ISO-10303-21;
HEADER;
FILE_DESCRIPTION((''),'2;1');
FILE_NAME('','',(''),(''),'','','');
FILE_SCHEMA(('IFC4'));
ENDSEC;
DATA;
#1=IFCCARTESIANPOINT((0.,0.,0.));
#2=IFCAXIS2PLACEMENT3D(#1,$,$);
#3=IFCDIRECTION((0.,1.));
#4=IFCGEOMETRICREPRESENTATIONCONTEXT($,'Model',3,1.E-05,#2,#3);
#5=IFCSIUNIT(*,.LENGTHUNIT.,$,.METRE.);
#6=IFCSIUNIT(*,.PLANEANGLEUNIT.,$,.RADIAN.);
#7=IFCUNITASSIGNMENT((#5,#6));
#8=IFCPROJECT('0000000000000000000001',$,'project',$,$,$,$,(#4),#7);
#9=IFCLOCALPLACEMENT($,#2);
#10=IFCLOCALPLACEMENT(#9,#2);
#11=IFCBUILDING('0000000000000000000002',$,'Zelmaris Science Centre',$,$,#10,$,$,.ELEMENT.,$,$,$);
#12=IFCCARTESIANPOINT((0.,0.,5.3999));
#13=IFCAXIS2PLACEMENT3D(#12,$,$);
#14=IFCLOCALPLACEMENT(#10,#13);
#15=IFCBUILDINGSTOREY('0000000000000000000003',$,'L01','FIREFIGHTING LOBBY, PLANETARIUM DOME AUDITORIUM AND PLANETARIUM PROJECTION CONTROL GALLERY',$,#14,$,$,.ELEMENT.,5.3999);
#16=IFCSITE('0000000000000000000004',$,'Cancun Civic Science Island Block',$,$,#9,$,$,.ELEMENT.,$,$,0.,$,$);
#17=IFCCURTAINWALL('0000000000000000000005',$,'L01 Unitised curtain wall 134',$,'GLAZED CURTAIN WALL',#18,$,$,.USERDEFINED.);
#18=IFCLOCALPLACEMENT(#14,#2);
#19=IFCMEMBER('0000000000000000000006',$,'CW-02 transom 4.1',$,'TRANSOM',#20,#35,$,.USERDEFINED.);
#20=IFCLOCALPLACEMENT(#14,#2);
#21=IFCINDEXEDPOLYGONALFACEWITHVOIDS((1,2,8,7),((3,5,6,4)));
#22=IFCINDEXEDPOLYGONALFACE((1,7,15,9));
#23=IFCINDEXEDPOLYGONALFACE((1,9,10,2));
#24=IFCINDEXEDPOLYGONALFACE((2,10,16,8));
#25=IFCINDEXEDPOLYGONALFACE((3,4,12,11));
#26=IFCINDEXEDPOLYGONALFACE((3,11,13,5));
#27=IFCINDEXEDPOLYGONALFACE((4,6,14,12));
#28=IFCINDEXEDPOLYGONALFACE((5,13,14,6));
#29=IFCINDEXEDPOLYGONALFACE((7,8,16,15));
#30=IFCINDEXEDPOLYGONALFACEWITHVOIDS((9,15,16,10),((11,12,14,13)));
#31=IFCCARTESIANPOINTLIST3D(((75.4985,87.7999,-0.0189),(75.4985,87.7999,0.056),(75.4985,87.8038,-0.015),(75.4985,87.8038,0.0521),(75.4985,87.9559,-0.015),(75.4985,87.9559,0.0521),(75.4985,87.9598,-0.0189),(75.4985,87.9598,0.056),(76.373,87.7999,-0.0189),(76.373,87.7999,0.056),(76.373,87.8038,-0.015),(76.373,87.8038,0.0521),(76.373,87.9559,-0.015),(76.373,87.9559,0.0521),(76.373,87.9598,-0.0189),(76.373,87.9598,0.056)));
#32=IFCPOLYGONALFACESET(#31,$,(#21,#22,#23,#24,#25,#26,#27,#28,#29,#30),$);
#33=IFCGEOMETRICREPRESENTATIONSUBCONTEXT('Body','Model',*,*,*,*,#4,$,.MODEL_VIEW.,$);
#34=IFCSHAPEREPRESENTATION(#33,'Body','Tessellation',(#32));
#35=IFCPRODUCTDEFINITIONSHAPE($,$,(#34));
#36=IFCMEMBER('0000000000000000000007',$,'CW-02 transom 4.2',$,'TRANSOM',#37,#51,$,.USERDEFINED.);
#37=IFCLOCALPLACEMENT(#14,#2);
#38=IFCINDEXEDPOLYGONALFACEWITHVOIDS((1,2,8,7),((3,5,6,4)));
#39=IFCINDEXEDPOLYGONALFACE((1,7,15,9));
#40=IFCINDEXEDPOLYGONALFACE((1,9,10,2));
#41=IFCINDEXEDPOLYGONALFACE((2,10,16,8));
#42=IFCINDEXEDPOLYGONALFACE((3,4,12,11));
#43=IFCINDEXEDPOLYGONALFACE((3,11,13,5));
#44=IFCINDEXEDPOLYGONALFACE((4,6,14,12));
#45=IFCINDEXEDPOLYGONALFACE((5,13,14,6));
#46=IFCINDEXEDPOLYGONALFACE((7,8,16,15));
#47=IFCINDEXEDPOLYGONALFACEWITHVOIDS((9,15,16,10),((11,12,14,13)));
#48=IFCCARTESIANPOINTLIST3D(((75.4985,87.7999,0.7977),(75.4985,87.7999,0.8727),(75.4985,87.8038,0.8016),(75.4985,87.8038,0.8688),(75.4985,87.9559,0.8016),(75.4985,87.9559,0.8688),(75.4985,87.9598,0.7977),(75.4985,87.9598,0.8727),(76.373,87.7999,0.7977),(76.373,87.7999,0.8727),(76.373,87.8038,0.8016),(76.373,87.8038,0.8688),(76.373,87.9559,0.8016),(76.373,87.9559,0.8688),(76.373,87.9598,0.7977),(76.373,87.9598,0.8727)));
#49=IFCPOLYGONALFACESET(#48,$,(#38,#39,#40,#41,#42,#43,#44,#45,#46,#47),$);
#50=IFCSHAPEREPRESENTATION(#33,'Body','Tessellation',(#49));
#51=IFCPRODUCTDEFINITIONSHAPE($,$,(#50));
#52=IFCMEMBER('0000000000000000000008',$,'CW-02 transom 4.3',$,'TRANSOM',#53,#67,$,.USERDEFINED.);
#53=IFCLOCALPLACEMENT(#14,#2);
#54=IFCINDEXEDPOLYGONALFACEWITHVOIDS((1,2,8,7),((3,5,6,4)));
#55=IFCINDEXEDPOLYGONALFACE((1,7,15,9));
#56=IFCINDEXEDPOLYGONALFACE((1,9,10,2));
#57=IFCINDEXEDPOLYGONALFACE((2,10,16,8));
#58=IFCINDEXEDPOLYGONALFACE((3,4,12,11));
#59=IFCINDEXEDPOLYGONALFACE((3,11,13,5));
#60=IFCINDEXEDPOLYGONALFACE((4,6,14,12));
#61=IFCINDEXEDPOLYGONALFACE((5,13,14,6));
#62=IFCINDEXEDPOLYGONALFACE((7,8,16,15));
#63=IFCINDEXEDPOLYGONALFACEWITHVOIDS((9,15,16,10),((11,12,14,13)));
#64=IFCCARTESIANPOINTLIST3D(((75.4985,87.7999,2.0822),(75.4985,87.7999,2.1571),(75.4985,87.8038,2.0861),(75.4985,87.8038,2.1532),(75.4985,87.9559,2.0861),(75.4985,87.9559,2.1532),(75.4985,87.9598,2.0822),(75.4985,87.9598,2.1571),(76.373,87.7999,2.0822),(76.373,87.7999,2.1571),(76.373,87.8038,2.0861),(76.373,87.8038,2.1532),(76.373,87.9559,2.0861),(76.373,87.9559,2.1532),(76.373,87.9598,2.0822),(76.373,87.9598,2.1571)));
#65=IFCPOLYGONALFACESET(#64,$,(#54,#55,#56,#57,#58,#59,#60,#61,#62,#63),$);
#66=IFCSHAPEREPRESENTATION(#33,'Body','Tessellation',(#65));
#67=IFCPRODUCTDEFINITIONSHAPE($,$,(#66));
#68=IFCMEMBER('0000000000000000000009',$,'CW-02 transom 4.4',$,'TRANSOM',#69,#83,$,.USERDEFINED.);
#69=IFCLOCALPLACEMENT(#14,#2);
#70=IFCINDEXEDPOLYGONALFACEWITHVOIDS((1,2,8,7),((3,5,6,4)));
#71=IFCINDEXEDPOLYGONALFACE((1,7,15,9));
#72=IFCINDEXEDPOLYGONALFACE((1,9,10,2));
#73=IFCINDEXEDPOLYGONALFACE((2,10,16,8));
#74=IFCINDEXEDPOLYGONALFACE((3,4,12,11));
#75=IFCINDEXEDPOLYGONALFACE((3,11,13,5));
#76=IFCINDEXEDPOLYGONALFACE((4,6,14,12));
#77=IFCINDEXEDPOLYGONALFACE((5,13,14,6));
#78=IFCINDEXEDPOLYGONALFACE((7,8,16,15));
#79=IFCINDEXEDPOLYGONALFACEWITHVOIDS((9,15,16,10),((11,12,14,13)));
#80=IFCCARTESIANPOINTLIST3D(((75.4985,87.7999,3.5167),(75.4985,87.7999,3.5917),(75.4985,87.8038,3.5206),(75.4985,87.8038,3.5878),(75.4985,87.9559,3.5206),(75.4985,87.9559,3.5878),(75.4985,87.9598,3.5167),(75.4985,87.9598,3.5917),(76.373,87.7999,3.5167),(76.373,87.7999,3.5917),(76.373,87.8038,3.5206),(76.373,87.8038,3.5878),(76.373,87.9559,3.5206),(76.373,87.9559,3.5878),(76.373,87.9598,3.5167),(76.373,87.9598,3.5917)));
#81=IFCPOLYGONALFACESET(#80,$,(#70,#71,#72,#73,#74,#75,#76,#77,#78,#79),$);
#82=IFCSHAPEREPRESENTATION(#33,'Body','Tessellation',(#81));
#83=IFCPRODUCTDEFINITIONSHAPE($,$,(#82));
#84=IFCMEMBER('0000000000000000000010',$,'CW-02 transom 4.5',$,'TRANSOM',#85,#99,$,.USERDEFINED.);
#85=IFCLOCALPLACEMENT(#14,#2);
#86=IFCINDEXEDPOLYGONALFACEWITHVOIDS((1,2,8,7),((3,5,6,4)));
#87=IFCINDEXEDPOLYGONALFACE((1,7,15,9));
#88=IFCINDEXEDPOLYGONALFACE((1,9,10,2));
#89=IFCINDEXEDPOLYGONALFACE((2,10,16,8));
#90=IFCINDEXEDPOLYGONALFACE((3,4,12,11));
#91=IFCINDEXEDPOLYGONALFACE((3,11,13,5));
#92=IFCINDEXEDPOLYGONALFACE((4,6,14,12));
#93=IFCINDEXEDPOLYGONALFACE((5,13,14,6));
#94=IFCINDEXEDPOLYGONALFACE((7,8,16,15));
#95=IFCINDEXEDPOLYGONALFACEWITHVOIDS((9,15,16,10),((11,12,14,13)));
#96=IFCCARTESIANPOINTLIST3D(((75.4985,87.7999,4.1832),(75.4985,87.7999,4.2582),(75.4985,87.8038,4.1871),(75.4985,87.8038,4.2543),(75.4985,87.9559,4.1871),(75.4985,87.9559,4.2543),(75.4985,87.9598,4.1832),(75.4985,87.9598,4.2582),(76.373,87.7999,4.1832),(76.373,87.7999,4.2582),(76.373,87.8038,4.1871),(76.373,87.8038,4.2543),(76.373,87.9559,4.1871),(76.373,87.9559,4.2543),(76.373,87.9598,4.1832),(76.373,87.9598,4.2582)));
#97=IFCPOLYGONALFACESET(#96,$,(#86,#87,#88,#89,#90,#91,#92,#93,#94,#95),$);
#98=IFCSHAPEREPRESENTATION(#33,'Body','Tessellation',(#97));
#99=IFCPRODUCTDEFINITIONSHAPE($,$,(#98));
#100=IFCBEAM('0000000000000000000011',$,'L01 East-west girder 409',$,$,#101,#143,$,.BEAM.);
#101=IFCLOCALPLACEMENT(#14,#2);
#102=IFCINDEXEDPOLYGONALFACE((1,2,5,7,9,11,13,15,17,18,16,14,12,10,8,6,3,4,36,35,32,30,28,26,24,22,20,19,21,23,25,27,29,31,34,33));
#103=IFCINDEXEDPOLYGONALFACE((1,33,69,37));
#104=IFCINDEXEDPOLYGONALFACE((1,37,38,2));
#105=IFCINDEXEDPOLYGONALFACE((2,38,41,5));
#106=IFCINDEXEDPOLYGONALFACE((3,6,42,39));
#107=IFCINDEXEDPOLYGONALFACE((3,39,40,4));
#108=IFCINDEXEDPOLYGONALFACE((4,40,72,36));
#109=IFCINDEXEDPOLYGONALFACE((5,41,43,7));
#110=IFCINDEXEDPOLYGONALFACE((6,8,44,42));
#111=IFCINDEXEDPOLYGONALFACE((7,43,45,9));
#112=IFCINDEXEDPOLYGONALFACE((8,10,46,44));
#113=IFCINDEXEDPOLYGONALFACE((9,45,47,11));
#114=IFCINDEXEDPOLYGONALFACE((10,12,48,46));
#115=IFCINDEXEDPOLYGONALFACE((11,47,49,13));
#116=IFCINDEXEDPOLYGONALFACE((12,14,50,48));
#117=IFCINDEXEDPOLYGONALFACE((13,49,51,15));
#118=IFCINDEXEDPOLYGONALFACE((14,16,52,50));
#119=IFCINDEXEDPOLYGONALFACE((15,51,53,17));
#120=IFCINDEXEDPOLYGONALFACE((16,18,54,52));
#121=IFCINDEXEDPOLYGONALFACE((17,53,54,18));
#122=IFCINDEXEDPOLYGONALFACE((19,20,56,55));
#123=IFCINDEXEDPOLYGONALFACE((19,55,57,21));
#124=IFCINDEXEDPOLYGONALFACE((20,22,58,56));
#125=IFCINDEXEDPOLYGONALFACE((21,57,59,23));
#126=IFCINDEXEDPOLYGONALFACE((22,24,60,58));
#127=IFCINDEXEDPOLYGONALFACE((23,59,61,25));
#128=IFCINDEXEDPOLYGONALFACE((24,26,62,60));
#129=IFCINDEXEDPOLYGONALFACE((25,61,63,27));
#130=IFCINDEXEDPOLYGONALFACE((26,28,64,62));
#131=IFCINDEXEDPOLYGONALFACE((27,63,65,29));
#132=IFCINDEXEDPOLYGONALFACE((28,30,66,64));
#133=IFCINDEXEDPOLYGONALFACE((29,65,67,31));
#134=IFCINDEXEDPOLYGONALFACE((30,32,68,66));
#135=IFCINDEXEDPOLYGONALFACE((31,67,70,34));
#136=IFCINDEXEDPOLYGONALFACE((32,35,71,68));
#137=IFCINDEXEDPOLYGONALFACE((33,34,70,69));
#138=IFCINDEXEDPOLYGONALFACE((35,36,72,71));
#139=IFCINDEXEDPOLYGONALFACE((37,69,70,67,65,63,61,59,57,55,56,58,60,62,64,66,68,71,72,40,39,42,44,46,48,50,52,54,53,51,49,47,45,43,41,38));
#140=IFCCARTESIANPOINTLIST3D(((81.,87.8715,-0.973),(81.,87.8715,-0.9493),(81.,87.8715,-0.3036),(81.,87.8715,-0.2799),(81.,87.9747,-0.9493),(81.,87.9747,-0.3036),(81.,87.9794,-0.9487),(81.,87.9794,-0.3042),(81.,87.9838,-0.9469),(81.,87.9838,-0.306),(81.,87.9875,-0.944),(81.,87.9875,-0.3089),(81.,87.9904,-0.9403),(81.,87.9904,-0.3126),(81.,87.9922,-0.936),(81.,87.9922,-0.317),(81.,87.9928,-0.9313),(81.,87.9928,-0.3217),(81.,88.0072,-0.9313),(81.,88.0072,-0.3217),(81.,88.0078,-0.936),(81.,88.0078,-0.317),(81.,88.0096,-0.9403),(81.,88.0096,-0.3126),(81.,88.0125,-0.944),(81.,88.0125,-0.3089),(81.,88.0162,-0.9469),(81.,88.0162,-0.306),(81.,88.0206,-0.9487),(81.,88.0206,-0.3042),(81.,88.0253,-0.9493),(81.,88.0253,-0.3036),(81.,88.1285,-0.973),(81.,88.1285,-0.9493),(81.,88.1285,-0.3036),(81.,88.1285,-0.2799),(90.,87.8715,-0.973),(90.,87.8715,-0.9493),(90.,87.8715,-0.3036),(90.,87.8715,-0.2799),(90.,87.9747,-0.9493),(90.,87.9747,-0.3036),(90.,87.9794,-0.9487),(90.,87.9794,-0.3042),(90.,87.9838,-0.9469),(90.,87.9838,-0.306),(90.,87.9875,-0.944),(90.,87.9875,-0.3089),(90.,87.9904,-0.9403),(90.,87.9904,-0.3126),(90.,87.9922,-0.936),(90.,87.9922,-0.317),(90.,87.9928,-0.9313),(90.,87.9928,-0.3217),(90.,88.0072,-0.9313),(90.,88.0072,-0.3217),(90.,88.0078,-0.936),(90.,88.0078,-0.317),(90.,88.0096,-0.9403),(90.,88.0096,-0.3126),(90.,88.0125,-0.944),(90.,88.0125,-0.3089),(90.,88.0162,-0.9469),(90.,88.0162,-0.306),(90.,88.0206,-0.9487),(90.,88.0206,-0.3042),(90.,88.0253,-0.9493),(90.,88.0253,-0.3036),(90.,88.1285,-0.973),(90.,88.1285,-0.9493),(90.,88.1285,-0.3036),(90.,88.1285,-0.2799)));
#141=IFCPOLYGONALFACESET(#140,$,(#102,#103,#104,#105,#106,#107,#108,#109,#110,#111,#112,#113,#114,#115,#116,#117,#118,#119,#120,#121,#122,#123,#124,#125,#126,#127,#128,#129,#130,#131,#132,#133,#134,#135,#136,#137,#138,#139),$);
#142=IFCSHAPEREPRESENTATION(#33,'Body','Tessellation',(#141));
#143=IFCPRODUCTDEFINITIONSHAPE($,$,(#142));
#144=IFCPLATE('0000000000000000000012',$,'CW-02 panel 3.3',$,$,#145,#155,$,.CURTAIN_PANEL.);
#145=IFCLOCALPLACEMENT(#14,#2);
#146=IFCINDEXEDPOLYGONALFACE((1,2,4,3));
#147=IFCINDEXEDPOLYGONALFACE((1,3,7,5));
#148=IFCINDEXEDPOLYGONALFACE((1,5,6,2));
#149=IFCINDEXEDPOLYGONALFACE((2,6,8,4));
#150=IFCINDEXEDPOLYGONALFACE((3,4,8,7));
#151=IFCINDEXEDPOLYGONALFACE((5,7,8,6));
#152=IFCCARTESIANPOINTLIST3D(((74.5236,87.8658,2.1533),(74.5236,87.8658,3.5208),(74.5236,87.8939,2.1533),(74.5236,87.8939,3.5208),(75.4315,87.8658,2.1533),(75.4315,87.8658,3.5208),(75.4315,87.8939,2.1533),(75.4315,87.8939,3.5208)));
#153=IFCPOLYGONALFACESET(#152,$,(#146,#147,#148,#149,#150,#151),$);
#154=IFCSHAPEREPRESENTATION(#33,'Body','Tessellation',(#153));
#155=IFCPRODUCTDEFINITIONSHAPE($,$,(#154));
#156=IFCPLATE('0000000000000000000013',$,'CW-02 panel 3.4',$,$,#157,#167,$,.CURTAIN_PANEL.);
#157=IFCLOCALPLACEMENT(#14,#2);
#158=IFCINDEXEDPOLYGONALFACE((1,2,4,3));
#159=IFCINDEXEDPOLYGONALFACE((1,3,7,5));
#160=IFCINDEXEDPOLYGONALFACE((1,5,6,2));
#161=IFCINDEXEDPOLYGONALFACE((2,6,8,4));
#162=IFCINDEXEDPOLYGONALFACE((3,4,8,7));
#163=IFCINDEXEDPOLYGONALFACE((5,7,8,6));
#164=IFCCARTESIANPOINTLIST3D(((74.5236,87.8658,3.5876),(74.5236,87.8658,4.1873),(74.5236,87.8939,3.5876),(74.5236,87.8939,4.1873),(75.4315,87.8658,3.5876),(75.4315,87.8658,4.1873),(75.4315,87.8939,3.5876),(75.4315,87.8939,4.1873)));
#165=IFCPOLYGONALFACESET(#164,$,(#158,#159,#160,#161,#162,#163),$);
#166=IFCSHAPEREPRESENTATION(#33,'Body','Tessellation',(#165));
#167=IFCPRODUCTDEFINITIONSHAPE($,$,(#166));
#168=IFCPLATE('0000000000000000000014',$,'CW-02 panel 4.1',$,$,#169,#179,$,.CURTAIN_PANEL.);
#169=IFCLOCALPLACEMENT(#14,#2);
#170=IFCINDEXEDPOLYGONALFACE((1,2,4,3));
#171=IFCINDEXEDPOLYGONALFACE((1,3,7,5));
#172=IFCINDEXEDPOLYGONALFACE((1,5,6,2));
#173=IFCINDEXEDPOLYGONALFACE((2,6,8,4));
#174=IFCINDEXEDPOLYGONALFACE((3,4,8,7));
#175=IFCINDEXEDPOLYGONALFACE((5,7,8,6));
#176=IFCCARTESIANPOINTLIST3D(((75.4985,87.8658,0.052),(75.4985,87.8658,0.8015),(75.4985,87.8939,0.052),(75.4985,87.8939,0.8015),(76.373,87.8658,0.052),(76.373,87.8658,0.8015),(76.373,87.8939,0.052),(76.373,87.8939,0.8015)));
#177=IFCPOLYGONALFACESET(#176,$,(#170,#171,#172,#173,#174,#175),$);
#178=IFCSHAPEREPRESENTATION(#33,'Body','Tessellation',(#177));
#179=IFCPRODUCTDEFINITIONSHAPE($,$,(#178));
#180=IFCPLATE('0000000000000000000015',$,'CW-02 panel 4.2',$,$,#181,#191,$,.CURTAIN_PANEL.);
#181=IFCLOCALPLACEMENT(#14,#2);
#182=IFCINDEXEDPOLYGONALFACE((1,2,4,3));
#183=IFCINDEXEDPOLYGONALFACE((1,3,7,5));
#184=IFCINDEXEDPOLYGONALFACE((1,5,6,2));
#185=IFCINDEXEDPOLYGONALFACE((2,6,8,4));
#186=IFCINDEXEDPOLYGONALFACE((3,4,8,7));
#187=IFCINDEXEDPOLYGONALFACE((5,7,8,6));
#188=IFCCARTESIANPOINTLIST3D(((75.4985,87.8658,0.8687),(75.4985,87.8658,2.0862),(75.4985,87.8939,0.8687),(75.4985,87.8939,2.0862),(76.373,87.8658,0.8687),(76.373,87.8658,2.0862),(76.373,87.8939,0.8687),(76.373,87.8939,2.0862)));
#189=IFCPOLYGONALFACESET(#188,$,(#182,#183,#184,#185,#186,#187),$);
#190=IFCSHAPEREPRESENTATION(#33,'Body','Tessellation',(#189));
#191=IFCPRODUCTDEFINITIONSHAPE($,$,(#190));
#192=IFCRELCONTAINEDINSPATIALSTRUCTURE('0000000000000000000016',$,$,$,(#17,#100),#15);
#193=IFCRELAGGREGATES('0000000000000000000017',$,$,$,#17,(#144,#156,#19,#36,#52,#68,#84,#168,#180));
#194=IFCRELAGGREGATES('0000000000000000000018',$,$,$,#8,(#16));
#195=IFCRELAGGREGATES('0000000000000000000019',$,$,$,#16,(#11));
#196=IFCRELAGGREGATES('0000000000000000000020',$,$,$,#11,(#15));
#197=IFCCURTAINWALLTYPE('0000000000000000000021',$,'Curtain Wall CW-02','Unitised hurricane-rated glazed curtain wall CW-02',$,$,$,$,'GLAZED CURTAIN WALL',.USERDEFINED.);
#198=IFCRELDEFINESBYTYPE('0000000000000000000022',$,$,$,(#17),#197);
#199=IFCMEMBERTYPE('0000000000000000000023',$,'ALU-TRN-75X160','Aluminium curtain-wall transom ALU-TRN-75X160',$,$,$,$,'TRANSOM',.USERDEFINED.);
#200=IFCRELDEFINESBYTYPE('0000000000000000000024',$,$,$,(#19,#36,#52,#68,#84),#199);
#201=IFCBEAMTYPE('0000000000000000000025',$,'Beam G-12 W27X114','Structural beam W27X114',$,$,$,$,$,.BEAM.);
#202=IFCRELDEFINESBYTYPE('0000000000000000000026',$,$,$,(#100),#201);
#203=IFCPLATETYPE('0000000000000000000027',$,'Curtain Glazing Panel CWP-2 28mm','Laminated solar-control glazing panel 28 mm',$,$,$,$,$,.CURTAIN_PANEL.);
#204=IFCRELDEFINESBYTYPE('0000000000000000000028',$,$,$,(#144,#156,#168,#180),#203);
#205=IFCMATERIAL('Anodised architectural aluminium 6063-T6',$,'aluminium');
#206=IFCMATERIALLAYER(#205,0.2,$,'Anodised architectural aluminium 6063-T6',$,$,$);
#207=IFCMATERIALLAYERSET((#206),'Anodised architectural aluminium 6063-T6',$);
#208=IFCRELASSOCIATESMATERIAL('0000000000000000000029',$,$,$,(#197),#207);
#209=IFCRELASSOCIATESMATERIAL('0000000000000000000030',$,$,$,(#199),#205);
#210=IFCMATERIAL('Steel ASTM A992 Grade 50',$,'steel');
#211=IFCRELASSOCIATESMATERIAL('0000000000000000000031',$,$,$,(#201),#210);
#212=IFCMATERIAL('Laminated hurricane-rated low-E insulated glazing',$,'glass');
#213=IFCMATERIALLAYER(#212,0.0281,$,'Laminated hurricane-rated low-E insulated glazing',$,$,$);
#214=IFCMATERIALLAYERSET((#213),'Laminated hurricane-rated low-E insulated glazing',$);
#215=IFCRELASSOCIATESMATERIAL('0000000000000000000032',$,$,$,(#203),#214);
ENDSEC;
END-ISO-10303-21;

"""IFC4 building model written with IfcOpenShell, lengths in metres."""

from ifc_helpers import new_model, si_unit, direction, frame, origin, origin_2d, place, context, subcontext, project, spatial, rectangle, hollow_rectangle, i_section, extrude, material, layer, layer_set, material_profile, profile_set, type_object, element, aggregate, save


model = new_model("IFC4")

# Units and contexts
model_context = context("Model", 3, precision=1e-05, world=origin(), true_north=direction((0.0, 1.0)))
body_context = subcontext(model_context, "Body", "Model", "MODEL_VIEW")
ifc_project = project(units=[si_unit("LENGTHUNIT", "METRE"), si_unit("PLANEANGLEUNIT", "RADIAN")], contexts=[model_context])

# Site, building, storey
site_placement = place(None, origin())
site = spatial("IfcSite", under=ifc_project, at=site_placement, Name="Cancun Civic Science Island Block", CompositionType="ELEMENT", RefElevation=0.0)
building_placement = place(site_placement, origin())
building = spatial("IfcBuilding", under=site, at=building_placement, Name="Zelmaris Science Centre", CompositionType="ELEMENT")
storey_placement = place(building_placement, frame((0.0, 0.0, 5.3999)))
storey = spatial("IfcBuildingStorey", under=building, at=storey_placement, Name="L01", Description="FIREFIGHTING LOBBY, PLANETARIUM DOME AUDITORIUM AND PLANETARIUM PROJECTION CONTROL GALLERY", CompositionType="ELEMENT", Elevation=5.3999)

# Shared definitions
ifc_material_1 = material(Name="Steel ASTM A992 Grade 50", Category="steel")

# Shared definitions
ifc_material_2 = material(Name="Anodised architectural aluminium 6063-T6", Category="aluminium")

# Curtain wall
ifc_layer_1 = layer(ifc_material_2, 0.2, Name="Anodised architectural aluminium 6063-T6")
ifc_layer_set_1 = layer_set([ifc_layer_1], Name="Anodised architectural aluminium 6063-T6")
curtain_wall_type_1 = type_object("IfcCurtainWallType", Name="Curtain Wall CW-02", Description="Unitised hurricane-rated glazed curtain wall CW-02", ElementType="GLAZED CURTAIN WALL", PredefinedType="USERDEFINED", material=ifc_layer_set_1)
curtain_wall_1_placement = place(storey_placement, origin())
curtain_wall_1 = element("IfcCurtainWall", 1, at=curtain_wall_1_placement, inside=storey, type_object=curtain_wall_type_1, Name="L01 Unitised curtain wall 134", ObjectType="GLAZED CURTAIN WALL", PredefinedType="USERDEFINED")

# Members
ifc_material_profile_1 = material_profile(ifc_material_2, hollow_rectangle(XDim=0.075, YDim=0.1599, WallThickness=0.0039, at=origin_2d()), Name="ALU-TRN-75X160")
ifc_profile_set_1 = profile_set([ifc_material_profile_1], Name="Anodised architectural aluminium 6063-T6")
member_type_1 = type_object("IfcMemberType", Name="ALU-TRN-75X160", Description="Aluminium curtain-wall transom ALU-TRN-75X160", ElementType="TRANSOM", PredefinedType="USERDEFINED", material=ifc_profile_set_1)
member_1_placement = place(storey_placement, frame((75.4985, 87.8799, 0.0186), z_axis=(1.0, 0.0, 0.0), x_axis=(0.0, 0.0, 1.0)))
member_1 = element("IfcMember", 2, at=member_1_placement, type_object=member_type_1, Name="CW-02 transom 4.1", ObjectType="TRANSOM", PredefinedType="USERDEFINED", context=body_context, shape_type="SweptSolid", body=[
    extrude(hollow_rectangle(XDim=0.075, YDim=0.1599, WallThickness=0.0039, at=origin_2d()), origin(), (0.0, 0.0, 1.0), 0.8745),
])
member_2_placement = place(storey_placement, frame((75.4985, 87.8799, 0.8352), z_axis=(1.0, 0.0, 0.0), x_axis=(0.0, 0.0, 1.0)))
member_2 = element("IfcMember", 3, at=member_2_placement, type_object=member_type_1, Name="CW-02 transom 4.2", ObjectType="TRANSOM", PredefinedType="USERDEFINED", context=body_context, shape_type="SweptSolid", body=[
    extrude(hollow_rectangle(XDim=0.075, YDim=0.1599, WallThickness=0.0039, at=origin_2d()), origin(), (0.0, 0.0, 1.0), 0.8745),
])
member_3_placement = place(storey_placement, frame((75.4985, 87.8799, 2.1196), z_axis=(1.0, 0.0, 0.0), x_axis=(0.0, 0.0, 1.0)))
member_3 = element("IfcMember", 4, at=member_3_placement, type_object=member_type_1, Name="CW-02 transom 4.3", ObjectType="TRANSOM", PredefinedType="USERDEFINED", context=body_context, shape_type="SweptSolid", body=[
    extrude(hollow_rectangle(XDim=0.075, YDim=0.1599, WallThickness=0.0039, at=origin_2d()), origin(), (0.0, 0.0, 1.0), 0.8745),
])
member_4_placement = place(storey_placement, frame((75.4985, 87.8799, 3.5542), z_axis=(1.0, 0.0, 0.0), x_axis=(0.0, 0.0, 1.0)))
member_4 = element("IfcMember", 5, at=member_4_placement, type_object=member_type_1, Name="CW-02 transom 4.4", ObjectType="TRANSOM", PredefinedType="USERDEFINED", context=body_context, shape_type="SweptSolid", body=[
    extrude(hollow_rectangle(XDim=0.075, YDim=0.1599, WallThickness=0.0039, at=origin_2d()), origin(), (0.0, 0.0, 1.0), 0.8745),
])
member_5_placement = place(storey_placement, frame((75.4985, 87.8799, 4.2207), z_axis=(1.0, 0.0, 0.0), x_axis=(0.0, 0.0, 1.0)))
member_5 = element("IfcMember", 6, at=member_5_placement, type_object=member_type_1, Name="CW-02 transom 4.5", ObjectType="TRANSOM", PredefinedType="USERDEFINED", context=body_context, shape_type="SweptSolid", body=[
    extrude(hollow_rectangle(XDim=0.075, YDim=0.1599, WallThickness=0.0039, at=origin_2d()), origin(), (0.0, 0.0, 1.0), 0.8745),
])

# Beam
ifc_material_profile_2 = material_profile(ifc_material_1, i_section(OverallWidth=0.2571, OverallDepth=0.6931, WebThickness=0.0144, FlangeThickness=0.0237, FilletRadius=0.0181, at=origin_2d()), Name="W27X114")
ifc_profile_set_2 = profile_set([ifc_material_profile_2], Name="Steel ASTM A992 Grade 50")
beam_type = type_object("IfcBeamType", Name="Beam G-12 W27X114", Description="Structural beam W27X114", PredefinedType="BEAM", material=ifc_profile_set_2)
beam_placement = place(storey_placement, frame((81.0, 88.0, -0.6265), z_axis=(1.0, 0.0, 0.0), x_axis=(0.0, 1.0, 0.0)))
element("IfcBeam", 7, at=beam_placement, inside=storey, type_object=beam_type, Name="L01 East-west girder 409", PredefinedType="BEAM", context=body_context, shape_type="SweptSolid", body=[
    extrude(i_section(OverallWidth=0.2571, OverallDepth=0.6931, WebThickness=0.0144, FlangeThickness=0.0237, FilletRadius=0.0181, at=origin_2d()), origin(), (0.0, 0.0, 1.0), 9.0),
])

# Plates
ifc_material_3 = material(Name="Laminated hurricane-rated low-E insulated glazing", Category="glass")
ifc_layer_2 = layer(ifc_material_3, 0.0281, Name="Laminated hurricane-rated low-E insulated glazing")
ifc_layer_set_2 = layer_set([ifc_layer_2], Name="Laminated hurricane-rated low-E insulated glazing")
plate_type_1 = type_object("IfcPlateType", Name="Curtain Glazing Panel CWP-2 28mm", Description="Laminated solar-control glazing panel 28 mm", PredefinedType="CURTAIN_PANEL", material=ifc_layer_set_2)
plate_1_placement = place(storey_placement, frame((74.9775, 87.8799, 2.1533), z_axis=(0.0, 0.0, 1.0), x_axis=(1.0, 0.0, 0.0)))
plate_1 = element("IfcPlate", 8, at=plate_1_placement, type_object=plate_type_1, Name="CW-02 panel 3.3", PredefinedType="CURTAIN_PANEL", context=body_context, shape_type="SweptSolid", body=[
    extrude(rectangle(XDim=0.908, YDim=0.0281, at=origin_2d()), origin(), (0.0, 0.0, 1.0), 1.3674),
])
plate_2_placement = place(storey_placement, frame((74.9775, 87.8799, 3.5876), z_axis=(0.0, 0.0, 1.0), x_axis=(1.0, 0.0, 0.0)))
plate_2 = element("IfcPlate", 9, at=plate_2_placement, type_object=plate_type_1, Name="CW-02 panel 3.4", PredefinedType="CURTAIN_PANEL", context=body_context, shape_type="SweptSolid", body=[
    extrude(rectangle(XDim=0.908, YDim=0.0281, at=origin_2d()), origin(), (0.0, 0.0, 1.0), 0.5996),
])
plate_3_placement = place(storey_placement, frame((75.9358, 87.8799, 0.052), z_axis=(0.0, 0.0, 1.0), x_axis=(1.0, 0.0, 0.0)))
plate_3 = element("IfcPlate", 10, at=plate_3_placement, type_object=plate_type_1, Name="CW-02 panel 4.1", PredefinedType="CURTAIN_PANEL", context=body_context, shape_type="SweptSolid", body=[
    extrude(rectangle(XDim=0.8745, YDim=0.0281, at=origin_2d()), origin(), (0.0, 0.0, 1.0), 0.7495),
])
plate_4_placement = place(storey_placement, frame((75.9358, 87.8799, 0.8687), z_axis=(0.0, 0.0, 1.0), x_axis=(1.0, 0.0, 0.0)))
plate_4 = element("IfcPlate", 11, at=plate_4_placement, type_object=plate_type_1, Name="CW-02 panel 4.2", PredefinedType="CURTAIN_PANEL", context=body_context, shape_type="SweptSolid", body=[
    extrude(rectangle(XDim=0.8745, YDim=0.0281, at=origin_2d()), origin(), (0.0, 0.0, 1.0), 1.2175),
])
aggregate(curtain_wall_1, [plate_1, plate_2, member_1, member_2, member_3, member_4, member_5, plate_3, plate_4])

save(model, "model.ifc")
